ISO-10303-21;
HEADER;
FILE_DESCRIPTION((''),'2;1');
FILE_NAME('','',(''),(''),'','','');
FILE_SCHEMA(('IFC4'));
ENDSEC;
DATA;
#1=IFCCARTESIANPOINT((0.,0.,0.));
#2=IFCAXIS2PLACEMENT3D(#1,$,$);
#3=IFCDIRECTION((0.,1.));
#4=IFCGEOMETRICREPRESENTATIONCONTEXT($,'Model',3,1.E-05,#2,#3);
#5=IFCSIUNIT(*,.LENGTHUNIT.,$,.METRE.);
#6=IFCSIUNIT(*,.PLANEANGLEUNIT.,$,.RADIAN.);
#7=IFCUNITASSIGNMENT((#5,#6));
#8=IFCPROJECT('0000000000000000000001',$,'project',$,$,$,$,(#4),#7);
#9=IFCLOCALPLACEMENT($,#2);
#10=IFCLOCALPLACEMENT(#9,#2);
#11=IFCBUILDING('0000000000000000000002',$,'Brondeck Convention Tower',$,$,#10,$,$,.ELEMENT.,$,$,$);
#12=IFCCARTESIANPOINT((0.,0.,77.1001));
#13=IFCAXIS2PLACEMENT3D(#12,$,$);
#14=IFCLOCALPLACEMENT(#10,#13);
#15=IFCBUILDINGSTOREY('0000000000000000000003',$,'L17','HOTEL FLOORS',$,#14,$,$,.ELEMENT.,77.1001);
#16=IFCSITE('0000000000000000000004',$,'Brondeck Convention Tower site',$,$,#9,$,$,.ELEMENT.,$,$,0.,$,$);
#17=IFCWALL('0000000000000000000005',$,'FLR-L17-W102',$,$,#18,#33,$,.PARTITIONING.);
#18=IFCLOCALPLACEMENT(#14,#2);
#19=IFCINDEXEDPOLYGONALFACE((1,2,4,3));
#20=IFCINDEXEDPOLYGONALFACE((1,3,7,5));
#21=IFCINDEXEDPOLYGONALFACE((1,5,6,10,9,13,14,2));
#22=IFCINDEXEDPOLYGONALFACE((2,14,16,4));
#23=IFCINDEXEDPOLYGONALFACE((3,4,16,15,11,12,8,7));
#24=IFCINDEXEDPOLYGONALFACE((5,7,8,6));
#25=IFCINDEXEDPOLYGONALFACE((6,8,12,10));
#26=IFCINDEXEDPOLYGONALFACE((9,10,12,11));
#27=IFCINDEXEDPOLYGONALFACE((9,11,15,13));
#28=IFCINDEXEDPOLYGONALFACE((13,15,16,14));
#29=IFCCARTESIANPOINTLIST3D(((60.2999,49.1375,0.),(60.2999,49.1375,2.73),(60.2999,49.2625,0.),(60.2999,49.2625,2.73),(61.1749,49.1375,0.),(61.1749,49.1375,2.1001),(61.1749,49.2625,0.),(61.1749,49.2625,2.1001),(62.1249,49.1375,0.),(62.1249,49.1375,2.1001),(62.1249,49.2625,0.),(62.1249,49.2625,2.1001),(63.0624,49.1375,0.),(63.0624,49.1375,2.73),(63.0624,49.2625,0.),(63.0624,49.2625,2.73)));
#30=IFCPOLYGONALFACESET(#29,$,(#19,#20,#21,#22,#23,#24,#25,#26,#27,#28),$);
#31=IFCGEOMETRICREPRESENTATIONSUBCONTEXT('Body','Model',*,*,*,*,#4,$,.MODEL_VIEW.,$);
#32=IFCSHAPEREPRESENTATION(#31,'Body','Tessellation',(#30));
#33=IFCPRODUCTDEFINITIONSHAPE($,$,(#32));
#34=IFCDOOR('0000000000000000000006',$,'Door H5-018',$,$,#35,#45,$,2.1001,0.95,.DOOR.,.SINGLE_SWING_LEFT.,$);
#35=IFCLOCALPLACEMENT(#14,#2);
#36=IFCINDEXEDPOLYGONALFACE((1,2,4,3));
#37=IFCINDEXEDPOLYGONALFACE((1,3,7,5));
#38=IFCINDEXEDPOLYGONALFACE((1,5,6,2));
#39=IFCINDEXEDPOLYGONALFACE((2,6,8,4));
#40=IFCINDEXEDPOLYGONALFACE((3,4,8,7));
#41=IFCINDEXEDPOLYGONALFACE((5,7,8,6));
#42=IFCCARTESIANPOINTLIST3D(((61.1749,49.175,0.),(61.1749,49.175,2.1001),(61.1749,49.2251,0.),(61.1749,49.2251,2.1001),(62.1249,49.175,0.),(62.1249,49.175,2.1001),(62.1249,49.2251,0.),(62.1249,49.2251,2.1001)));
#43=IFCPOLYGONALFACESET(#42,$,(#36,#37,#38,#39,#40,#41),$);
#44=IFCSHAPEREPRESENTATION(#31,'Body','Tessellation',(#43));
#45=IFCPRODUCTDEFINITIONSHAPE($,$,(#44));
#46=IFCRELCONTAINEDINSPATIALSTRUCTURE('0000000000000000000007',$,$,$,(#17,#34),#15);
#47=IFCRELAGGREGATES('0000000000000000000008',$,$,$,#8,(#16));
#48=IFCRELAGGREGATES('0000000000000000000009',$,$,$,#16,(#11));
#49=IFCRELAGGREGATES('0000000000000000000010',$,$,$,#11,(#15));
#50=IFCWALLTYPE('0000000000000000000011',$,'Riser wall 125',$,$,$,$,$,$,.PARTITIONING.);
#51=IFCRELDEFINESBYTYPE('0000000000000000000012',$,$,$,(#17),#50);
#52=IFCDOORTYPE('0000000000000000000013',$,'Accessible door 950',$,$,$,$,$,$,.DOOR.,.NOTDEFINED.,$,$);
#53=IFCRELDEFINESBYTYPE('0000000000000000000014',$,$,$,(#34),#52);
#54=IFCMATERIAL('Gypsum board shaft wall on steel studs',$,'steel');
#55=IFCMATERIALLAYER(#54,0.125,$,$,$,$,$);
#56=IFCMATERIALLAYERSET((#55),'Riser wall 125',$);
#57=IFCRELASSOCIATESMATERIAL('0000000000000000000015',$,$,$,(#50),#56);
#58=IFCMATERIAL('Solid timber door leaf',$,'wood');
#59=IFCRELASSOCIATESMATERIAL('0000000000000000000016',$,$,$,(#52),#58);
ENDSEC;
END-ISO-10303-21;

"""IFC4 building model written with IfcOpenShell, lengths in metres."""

from ifc_helpers import new_model, si_unit, direction, frame, frame_2d, origin, place, context, subcontext, project, spatial, rectangle, extrude, material, layer, layer_set, type_object, element, fill, save


model = new_model("IFC4")

# Units and contexts
model_context = context("Model", 3, precision=1e-05, world=origin(), true_north=direction((0.0, 1.0)))
body_context = subcontext(model_context, "Body", "Model", "MODEL_VIEW")
ifc_project = project(units=[si_unit("LENGTHUNIT", "METRE"), si_unit("PLANEANGLEUNIT", "RADIAN")], contexts=[model_context])

# Site, building, storey
site_placement = place(None, origin())
site = spatial("IfcSite", under=ifc_project, at=site_placement, Name="Brondeck Convention Tower site", CompositionType="ELEMENT", RefElevation=0.0)
building_placement = place(site_placement, origin())
building = spatial("IfcBuilding", under=site, at=building_placement, Name="Brondeck Convention Tower", CompositionType="ELEMENT")
storey_placement = place(building_placement, frame((0.0, 0.0, 77.1001)))
storey = spatial("IfcBuildingStorey", under=building, at=storey_placement, Name="L17", Description="HOTEL FLOORS", CompositionType="ELEMENT", Elevation=77.1001)

# Shared definitions
ifc_material_1 = material(Name="Solid timber door leaf", Category="wood")

# Wall, opening, door
ifc_material_2 = material(Name="Gypsum board shaft wall on steel studs", Category="steel")
ifc_layer_1 = layer(ifc_material_2, 0.125)
ifc_layer_set_1 = layer_set([ifc_layer_1], Name="Riser wall 125")
wall_type_1 = type_object("IfcWallType", Name="Riser wall 125", PredefinedType="PARTITIONING", material=ifc_layer_set_1)
wall_1_placement = place(storey_placement, frame((63.0625, 49.2, 0.0), z_axis=(0.0, 0.0, 1.0), x_axis=(-1.0, 0.0, 0.0)))
wall_1 = element("IfcWall", 1, at=wall_1_placement, inside=storey, type_object=wall_type_1, Name="FLR-L17-W102", PredefinedType="PARTITIONING", context=body_context, shape_type="SweptSolid", body=[
    extrude(rectangle(XDim=2.7625, YDim=0.125, at=frame_2d((1.3813, 0.0))), origin(), (0.0, 0.0, 1.0), 2.73),
])
opening_1_placement = place(wall_1_placement, frame((0.9375, 0.0, 0.0)))
opening_1 = element("IfcOpeningElement", 2, at=opening_1_placement, cuts=wall_1, PredefinedType="OPENING", context=body_context, shape_type="SweptSolid", body=[
    extrude(rectangle(XDim=0.95, YDim=2.1001, at=frame_2d((0.4751, 1.05))), frame((0.0, 0.0725, 0.0), z_axis=(0.0, -1.0, 0.0), x_axis=(1.0, 0.0, 0.0)), (0.0, 0.0, 1.0), 0.145),
])
door_type_1 = type_object("IfcDoorType", Name="Accessible door 950", OperationType="NOTDEFINED", PredefinedType="DOOR", material=ifc_material_1)
door_1_placement = place(opening_1_placement, origin())
door_1 = element("IfcDoor", 3, at=door_1_placement, inside=storey, type_object=door_type_1, Name="Door H5-018", OperationType="SINGLE_SWING_LEFT", OverallHeight=2.1001, OverallWidth=0.95, PredefinedType="DOOR", context=body_context, shape_type="SweptSolid", body=[
    extrude(rectangle(XDim=0.95, YDim=2.1001, at=frame_2d((0.4751, 1.05))), frame((0.0, 0.0249, 0.0), z_axis=(0.0, -1.0, 0.0), x_axis=(1.0, 0.0, 0.0)), (0.0, 0.0, 1.0), 0.05),
])
fill(opening_1, door_1)

save(model, "model.ifc")
